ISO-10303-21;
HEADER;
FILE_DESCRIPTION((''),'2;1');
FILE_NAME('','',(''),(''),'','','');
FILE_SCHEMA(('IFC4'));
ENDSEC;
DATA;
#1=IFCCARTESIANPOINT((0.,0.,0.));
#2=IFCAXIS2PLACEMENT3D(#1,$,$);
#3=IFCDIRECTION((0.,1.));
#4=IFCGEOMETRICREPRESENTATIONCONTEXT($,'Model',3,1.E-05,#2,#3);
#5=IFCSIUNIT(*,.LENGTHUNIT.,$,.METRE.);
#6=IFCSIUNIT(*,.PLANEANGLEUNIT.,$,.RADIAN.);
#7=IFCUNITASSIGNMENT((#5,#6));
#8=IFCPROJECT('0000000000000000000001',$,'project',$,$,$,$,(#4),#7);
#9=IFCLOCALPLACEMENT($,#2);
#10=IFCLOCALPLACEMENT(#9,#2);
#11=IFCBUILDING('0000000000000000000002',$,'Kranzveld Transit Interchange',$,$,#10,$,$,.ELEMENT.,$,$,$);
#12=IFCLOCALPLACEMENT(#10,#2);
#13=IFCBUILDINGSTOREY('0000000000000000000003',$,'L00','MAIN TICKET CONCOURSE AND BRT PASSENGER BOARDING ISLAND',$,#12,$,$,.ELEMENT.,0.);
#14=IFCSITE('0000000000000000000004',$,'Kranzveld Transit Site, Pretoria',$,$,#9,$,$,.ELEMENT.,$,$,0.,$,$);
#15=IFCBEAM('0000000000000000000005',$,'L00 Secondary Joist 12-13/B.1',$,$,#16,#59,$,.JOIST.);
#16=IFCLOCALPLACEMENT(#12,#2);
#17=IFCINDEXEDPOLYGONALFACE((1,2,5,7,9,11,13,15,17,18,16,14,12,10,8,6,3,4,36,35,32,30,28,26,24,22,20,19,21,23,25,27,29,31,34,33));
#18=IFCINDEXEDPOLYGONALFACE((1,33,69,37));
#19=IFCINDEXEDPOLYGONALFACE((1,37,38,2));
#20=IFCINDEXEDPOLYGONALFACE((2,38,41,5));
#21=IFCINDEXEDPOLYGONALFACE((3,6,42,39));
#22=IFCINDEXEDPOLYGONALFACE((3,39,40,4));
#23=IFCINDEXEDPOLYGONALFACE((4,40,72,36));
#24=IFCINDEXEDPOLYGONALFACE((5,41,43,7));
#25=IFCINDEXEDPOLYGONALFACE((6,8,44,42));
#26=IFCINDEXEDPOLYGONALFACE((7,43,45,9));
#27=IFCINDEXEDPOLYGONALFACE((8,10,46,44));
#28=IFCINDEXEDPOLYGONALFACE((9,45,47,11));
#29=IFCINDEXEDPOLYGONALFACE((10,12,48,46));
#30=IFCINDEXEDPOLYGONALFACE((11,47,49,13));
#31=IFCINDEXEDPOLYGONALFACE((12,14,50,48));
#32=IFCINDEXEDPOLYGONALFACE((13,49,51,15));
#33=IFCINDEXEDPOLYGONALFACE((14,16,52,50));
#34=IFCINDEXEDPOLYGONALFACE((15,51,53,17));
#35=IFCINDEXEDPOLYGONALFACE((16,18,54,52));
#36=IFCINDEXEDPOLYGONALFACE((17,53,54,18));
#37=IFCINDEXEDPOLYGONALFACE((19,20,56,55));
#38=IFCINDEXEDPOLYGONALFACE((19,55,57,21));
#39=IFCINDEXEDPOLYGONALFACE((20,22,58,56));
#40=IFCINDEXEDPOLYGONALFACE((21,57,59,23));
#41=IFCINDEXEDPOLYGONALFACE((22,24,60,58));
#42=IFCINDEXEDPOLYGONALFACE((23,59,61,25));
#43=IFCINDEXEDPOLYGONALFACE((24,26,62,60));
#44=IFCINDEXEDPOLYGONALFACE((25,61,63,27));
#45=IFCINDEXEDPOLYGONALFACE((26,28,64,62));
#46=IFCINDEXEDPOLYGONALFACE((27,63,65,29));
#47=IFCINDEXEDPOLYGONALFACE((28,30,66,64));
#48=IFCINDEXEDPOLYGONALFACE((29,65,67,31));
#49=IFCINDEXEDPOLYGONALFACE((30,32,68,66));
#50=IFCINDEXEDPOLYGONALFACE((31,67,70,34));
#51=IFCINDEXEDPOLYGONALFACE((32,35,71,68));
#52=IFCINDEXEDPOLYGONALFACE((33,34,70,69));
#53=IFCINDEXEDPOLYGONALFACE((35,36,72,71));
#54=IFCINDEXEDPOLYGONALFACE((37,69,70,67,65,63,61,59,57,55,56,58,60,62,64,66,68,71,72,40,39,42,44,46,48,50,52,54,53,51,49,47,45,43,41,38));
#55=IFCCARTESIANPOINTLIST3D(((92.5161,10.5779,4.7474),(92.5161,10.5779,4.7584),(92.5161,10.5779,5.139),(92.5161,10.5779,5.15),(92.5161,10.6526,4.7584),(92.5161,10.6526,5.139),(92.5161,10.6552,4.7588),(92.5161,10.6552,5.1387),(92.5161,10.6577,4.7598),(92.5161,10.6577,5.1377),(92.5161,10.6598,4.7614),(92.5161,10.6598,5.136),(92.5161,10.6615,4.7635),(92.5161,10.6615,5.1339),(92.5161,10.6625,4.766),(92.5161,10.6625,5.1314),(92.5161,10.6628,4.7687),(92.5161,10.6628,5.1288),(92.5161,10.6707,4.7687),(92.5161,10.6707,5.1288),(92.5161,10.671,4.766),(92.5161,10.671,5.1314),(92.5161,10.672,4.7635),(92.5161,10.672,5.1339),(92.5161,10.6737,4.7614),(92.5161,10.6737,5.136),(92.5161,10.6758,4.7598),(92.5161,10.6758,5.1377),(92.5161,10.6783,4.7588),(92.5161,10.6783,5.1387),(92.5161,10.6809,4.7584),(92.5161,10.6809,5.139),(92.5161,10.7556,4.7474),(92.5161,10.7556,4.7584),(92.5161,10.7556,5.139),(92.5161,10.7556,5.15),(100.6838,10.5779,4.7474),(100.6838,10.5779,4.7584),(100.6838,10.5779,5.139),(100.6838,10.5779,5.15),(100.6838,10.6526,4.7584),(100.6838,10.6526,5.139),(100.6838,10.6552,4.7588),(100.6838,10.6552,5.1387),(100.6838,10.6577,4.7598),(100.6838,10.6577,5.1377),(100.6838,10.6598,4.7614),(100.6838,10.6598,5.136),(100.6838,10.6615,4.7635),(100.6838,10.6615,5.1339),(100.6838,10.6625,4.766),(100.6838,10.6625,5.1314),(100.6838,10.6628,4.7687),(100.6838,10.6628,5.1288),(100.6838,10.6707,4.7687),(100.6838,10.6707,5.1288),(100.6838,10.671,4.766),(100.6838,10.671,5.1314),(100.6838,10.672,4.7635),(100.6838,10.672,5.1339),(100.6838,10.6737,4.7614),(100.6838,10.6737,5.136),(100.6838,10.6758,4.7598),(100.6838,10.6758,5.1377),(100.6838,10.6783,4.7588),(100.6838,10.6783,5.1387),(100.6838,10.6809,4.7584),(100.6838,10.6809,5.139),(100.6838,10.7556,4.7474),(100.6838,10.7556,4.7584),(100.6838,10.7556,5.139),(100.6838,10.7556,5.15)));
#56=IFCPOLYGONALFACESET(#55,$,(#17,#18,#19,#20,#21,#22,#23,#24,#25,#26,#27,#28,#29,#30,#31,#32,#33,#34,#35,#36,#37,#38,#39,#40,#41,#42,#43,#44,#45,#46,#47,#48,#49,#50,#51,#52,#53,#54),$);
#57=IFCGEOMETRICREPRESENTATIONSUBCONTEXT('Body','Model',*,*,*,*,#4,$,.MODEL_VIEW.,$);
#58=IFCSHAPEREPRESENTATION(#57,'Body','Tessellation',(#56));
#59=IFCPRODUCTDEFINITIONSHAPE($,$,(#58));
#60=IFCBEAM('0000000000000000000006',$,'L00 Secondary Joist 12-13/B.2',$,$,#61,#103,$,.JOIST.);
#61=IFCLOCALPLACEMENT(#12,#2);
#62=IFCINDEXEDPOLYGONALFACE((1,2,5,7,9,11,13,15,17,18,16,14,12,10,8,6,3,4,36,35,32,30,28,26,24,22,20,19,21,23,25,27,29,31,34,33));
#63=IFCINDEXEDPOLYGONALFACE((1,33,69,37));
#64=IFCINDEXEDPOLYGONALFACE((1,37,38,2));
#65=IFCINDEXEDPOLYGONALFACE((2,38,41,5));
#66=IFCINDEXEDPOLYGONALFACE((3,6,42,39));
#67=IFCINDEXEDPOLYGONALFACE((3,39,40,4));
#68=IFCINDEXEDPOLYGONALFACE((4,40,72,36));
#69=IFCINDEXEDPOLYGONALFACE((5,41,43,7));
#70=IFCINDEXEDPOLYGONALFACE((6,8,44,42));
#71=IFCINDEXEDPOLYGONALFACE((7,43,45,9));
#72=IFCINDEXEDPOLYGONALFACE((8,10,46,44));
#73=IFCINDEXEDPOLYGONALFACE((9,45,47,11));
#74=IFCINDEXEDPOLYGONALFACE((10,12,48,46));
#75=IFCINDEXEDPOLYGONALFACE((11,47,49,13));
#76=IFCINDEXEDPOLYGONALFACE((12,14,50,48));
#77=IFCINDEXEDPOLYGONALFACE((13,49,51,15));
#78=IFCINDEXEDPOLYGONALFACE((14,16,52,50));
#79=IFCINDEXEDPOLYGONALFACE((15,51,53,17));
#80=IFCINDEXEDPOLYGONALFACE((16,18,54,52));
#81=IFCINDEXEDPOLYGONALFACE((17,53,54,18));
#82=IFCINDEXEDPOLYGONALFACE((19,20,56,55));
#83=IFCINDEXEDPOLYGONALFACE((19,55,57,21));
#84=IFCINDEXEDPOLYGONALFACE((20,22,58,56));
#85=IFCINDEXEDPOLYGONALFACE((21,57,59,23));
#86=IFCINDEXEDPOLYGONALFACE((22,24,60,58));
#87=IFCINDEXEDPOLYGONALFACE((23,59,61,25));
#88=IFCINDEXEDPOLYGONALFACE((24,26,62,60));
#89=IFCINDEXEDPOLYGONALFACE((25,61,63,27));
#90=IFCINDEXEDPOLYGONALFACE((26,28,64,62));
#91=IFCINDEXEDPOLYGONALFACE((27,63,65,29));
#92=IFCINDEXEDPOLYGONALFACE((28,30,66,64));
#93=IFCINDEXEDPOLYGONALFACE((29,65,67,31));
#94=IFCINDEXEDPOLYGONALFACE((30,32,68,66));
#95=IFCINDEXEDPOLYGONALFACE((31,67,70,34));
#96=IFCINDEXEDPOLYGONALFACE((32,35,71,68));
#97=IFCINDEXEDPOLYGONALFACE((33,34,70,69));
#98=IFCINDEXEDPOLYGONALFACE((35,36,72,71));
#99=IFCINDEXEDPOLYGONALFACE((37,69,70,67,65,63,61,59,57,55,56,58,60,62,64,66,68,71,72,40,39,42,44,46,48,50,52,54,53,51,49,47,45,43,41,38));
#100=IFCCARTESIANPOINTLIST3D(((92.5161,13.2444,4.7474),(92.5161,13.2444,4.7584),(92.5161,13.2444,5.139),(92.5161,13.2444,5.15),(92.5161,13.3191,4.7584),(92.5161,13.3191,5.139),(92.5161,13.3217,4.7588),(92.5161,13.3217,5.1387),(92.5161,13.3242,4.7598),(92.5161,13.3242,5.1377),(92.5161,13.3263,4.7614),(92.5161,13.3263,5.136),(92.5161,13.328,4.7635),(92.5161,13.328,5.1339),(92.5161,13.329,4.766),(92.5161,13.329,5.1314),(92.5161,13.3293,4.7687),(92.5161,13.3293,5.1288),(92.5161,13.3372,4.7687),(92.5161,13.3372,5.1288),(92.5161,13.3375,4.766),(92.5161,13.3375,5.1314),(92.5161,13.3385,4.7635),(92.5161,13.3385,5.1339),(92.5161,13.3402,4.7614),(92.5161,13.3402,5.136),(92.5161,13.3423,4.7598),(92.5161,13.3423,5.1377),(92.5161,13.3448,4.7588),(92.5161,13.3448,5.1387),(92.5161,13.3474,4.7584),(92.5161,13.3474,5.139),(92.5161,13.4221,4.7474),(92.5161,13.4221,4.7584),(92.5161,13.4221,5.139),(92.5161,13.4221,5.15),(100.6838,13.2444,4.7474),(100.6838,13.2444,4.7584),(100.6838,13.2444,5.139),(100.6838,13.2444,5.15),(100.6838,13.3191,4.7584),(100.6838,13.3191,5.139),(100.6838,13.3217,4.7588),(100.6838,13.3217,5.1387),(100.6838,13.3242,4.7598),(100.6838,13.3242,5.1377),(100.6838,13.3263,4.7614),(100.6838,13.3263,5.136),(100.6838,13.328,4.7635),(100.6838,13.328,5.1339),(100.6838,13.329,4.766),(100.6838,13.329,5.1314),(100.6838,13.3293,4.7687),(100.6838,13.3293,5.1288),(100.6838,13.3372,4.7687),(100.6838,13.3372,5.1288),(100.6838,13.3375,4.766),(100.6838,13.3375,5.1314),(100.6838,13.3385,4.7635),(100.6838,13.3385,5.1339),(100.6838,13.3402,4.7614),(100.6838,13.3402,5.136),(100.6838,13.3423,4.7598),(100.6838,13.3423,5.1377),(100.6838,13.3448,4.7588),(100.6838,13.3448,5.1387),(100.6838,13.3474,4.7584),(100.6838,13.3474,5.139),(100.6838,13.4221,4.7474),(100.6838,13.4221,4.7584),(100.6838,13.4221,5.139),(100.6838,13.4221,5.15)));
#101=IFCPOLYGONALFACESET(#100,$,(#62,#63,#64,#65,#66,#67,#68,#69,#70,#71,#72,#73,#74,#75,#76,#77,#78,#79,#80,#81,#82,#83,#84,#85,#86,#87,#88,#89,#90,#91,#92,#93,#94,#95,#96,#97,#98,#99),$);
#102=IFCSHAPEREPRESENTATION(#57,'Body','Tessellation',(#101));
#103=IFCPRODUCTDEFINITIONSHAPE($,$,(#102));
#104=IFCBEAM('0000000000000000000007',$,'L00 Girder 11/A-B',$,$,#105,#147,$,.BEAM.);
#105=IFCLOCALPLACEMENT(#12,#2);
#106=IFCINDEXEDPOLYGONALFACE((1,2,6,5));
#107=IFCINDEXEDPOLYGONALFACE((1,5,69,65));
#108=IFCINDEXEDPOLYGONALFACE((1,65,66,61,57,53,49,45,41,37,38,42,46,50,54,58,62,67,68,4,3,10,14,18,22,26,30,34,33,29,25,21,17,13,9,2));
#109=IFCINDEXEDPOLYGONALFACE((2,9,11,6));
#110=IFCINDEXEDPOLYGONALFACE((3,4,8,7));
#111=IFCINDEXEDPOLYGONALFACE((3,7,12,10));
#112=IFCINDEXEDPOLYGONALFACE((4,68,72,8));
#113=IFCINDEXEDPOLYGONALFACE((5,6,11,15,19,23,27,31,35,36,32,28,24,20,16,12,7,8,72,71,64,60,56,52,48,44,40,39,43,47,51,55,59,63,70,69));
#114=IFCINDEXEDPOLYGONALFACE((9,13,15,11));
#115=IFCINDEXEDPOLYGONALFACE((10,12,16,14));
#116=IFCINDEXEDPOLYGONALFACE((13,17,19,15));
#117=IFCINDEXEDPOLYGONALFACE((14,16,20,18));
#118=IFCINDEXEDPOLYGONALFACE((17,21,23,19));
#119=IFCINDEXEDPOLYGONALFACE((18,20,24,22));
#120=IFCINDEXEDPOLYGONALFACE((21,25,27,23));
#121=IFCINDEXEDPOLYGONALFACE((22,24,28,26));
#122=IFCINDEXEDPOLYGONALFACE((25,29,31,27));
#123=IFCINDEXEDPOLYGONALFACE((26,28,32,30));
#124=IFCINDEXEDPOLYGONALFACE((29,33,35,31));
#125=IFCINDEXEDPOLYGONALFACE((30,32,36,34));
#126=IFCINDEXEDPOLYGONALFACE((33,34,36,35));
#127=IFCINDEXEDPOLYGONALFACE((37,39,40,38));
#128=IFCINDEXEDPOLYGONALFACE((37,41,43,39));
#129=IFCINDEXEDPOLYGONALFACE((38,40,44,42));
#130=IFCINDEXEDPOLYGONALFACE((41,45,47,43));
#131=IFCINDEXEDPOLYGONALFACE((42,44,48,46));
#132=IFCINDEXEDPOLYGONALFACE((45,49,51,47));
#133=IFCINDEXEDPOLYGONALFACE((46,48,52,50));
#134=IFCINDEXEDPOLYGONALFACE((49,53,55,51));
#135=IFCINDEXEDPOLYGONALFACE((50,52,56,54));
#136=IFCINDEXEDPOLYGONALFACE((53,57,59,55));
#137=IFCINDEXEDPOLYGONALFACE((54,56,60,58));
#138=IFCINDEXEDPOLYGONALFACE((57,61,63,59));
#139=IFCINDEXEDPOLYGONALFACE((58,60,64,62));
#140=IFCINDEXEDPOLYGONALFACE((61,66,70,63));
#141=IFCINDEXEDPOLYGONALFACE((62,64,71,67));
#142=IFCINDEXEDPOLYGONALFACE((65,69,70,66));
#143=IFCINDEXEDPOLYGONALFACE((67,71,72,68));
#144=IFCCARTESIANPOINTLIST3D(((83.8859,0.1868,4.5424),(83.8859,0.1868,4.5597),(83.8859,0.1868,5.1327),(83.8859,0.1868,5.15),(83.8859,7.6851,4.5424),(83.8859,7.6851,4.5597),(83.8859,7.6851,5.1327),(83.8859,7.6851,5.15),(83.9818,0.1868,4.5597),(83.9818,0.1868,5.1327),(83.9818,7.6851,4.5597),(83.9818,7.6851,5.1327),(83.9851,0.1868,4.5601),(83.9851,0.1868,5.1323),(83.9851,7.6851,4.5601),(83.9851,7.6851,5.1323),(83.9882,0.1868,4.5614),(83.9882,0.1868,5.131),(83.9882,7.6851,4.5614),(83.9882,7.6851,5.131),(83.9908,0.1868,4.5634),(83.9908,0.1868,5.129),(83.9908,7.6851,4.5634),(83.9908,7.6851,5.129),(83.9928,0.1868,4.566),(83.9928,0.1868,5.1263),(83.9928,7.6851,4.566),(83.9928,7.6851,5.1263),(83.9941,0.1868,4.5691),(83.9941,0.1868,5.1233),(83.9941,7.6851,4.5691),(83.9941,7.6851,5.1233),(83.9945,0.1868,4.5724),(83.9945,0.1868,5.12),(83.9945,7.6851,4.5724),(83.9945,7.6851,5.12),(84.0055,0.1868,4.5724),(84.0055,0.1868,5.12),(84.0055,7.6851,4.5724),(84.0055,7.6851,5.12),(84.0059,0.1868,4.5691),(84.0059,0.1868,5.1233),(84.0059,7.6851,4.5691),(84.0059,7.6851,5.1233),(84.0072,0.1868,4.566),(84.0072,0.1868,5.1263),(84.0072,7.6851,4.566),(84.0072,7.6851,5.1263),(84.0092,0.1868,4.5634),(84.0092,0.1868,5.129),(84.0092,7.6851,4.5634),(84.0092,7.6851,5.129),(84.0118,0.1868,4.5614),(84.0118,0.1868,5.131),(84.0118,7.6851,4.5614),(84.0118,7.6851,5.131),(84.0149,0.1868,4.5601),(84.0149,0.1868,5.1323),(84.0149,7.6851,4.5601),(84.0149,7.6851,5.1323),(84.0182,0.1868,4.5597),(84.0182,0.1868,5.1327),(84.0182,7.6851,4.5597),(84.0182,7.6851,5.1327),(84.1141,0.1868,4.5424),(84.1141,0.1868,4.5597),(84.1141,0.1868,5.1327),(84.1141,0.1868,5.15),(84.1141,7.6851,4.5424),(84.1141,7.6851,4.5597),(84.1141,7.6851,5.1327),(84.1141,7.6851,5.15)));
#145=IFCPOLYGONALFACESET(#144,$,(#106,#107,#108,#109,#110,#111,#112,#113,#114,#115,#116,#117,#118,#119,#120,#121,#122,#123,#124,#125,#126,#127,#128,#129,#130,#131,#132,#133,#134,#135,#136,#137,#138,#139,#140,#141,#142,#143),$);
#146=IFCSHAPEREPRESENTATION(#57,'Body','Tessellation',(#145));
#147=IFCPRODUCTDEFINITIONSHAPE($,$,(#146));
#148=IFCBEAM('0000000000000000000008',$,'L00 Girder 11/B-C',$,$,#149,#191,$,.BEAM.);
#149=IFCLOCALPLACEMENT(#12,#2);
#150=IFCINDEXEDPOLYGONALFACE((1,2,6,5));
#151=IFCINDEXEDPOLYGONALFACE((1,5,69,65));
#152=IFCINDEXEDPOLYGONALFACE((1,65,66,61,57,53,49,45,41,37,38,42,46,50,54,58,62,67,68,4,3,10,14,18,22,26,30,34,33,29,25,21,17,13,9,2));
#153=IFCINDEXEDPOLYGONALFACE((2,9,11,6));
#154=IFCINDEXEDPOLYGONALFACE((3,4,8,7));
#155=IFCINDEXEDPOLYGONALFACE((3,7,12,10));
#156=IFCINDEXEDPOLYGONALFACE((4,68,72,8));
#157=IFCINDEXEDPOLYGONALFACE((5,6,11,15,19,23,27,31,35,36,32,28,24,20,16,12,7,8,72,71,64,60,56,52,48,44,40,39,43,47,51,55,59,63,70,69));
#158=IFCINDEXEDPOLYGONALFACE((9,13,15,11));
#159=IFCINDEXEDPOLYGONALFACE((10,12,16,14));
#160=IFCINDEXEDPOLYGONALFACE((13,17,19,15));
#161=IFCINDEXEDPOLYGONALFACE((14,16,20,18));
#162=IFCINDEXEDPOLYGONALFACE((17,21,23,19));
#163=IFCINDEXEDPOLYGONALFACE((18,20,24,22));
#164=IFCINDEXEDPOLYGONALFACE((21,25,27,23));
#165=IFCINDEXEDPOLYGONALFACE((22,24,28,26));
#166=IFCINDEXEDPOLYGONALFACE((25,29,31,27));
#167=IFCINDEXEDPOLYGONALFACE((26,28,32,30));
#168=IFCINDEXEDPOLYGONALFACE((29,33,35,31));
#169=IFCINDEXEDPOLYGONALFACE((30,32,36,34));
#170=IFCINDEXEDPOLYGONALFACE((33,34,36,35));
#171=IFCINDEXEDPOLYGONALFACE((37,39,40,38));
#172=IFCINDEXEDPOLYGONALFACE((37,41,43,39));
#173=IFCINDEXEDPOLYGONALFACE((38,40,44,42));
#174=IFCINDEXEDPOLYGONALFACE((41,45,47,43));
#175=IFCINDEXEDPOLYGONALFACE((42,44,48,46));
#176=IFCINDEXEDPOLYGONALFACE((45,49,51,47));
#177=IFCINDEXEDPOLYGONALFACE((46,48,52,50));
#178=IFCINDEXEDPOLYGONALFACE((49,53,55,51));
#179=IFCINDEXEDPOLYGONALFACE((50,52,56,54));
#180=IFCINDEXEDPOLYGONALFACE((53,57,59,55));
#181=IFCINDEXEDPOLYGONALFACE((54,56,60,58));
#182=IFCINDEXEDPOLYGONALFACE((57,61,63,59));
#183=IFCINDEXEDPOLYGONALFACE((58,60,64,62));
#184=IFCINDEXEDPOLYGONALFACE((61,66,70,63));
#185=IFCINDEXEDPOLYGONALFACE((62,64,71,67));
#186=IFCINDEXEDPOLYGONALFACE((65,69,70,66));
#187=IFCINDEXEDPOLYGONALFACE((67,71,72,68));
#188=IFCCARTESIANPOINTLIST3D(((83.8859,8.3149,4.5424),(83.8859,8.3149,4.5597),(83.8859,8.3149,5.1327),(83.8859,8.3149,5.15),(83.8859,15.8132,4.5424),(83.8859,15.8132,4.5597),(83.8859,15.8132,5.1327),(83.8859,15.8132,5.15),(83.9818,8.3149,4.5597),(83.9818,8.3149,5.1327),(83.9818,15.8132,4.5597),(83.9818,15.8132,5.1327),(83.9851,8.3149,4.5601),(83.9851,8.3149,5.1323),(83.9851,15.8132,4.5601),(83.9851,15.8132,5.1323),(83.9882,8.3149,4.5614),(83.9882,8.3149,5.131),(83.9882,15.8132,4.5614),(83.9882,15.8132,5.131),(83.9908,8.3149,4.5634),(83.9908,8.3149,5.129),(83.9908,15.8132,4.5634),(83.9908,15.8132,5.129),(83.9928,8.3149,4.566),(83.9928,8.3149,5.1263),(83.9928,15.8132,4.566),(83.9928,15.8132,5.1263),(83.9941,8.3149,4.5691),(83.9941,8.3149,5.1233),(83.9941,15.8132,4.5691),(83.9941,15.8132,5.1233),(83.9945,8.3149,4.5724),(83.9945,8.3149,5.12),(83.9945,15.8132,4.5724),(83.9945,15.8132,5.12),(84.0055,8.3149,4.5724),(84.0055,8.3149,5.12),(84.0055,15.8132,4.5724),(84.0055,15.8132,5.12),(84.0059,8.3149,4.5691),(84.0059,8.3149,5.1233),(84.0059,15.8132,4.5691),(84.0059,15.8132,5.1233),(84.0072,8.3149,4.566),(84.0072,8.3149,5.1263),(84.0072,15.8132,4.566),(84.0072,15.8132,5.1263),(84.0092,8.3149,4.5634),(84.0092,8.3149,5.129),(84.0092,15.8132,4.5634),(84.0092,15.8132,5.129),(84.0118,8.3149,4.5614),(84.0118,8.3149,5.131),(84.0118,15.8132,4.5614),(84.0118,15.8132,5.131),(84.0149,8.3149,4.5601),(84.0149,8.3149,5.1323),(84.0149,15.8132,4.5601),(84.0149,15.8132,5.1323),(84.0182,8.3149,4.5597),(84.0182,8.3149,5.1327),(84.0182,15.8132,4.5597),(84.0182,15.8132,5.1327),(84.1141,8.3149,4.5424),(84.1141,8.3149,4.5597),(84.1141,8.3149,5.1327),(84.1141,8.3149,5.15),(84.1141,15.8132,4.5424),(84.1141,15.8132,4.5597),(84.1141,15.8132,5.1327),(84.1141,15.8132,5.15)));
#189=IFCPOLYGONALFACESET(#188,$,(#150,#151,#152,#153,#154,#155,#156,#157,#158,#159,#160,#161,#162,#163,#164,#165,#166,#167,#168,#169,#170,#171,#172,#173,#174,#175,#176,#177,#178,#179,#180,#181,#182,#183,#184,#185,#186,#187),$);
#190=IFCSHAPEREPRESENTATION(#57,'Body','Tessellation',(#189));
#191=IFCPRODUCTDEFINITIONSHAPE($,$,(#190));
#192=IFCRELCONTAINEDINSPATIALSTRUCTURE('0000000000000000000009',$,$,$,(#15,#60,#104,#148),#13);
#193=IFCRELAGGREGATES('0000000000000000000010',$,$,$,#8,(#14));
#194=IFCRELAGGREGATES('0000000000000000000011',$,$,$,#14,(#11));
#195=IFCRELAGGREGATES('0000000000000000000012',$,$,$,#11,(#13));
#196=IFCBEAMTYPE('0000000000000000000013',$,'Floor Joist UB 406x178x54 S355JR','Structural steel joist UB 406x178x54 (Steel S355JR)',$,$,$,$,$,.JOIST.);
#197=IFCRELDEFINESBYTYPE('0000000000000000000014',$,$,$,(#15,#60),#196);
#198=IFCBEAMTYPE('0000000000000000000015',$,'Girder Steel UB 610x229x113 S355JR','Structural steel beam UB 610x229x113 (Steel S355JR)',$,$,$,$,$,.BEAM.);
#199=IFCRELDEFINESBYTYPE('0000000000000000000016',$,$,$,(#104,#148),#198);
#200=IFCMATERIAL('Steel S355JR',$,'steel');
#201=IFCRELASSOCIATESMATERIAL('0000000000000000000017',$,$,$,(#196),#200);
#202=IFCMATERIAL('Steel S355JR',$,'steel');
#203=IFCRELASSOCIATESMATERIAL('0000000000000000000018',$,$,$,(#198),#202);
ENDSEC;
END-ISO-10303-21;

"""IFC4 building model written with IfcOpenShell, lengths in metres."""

from ifc_helpers import new_model, si_unit, direction, frame, origin, origin_2d, place, context, subcontext, project, spatial, i_section, extrude, material, material_profile, profile_set, type_object, element, save


model = new_model("IFC4")

# Units and contexts
model_context = context("Model", 3, precision=1e-05, world=origin(), true_north=direction((0.0, 1.0)))
body_context = subcontext(model_context, "Body", "Model", "MODEL_VIEW")
ifc_project = project(units=[si_unit("LENGTHUNIT", "METRE"), si_unit("PLANEANGLEUNIT", "RADIAN")], contexts=[model_context])

# Site, building, storey
site_placement = place(None, origin())
site = spatial("IfcSite", under=ifc_project, at=site_placement, Name="Kranzveld Transit Site, Pretoria", CompositionType="ELEMENT", RefElevation=0.0)
building_placement = place(site_placement, origin())
building = spatial("IfcBuilding", under=site, at=building_placement, Name="Kranzveld Transit Interchange", CompositionType="ELEMENT")
storey_placement = place(building_placement, origin())
storey = spatial("IfcBuildingStorey", under=building, at=storey_placement, Name="L00", Description="MAIN TICKET CONCOURSE AND BRT PASSENGER BOARDING ISLAND", CompositionType="ELEMENT", Elevation=0.0)

# Beams
ifc_material_1 = material(Name="Steel S355JR", Category="steel")
ifc_material_profile_1 = material_profile(ifc_material_1, i_section(OverallWidth=0.1777, OverallDepth=0.4026, WebThickness=0.0078, FlangeThickness=0.011, FilletRadius=0.0103, at=origin_2d()), Name="UB 406x178x54")
ifc_profile_set_1 = profile_set([ifc_material_profile_1], Name="Steel S355JR")
beam_type_1 = type_object("IfcBeamType", Name="Floor Joist UB 406x178x54 S355JR", Description="Structural steel joist UB 406x178x54 (Steel S355JR)", PredefinedType="JOIST", material=ifc_profile_set_1)
for number, where, z_axis, x_axis, name in (
    (1, (92.5161, 10.6667, 4.9487), (1.0, 0.0, 0.0), (0.0, 1.0, 0.0), "L00 Secondary Joist 12-13/B.1"),
    (2, (92.5161, 13.3333, 4.9487), (1.0, 0.0, 0.0), (0.0, 1.0, 0.0), "L00 Secondary Joist 12-13/B.2"),
):
    element("IfcBeam", number, at=place(storey_placement, frame(where, z_axis=z_axis, x_axis=x_axis)), inside=storey, type_object=beam_type_1, Name=name, PredefinedType="JOIST", context=body_context, shape_type="SweptSolid", body=[
        extrude(i_section(OverallWidth=0.1777, OverallDepth=0.4026, WebThickness=0.0078, FlangeThickness=0.011, FilletRadius=0.0103, at=origin_2d()), origin(), (0.0, 0.0, 1.0), 8.1677),
    ])
ifc_material_2 = material(Name="Steel S355JR", Category="steel")
ifc_material_profile_2 = material_profile(ifc_material_2, i_section(OverallWidth=0.2283, OverallDepth=0.6077, WebThickness=0.011, FlangeThickness=0.0173, FilletRadius=0.0127, at=origin_2d()), Name="UB 610x229x113")
ifc_profile_set_2 = profile_set([ifc_material_profile_2], Name="Steel S355JR")
beam_type_2 = type_object("IfcBeamType", Name="Girder Steel UB 610x229x113 S355JR", Description="Structural steel beam UB 610x229x113 (Steel S355JR)", PredefinedType="BEAM", material=ifc_profile_set_2)
for number, where, z_axis, x_axis, name in (
    (3, (84.0, 0.1868, 4.8462), (0.0, 1.0, 0.0), (-1.0, 0.0, 0.0), "L00 Girder 11/A-B"),
    (4, (84.0, 8.3149, 4.8462), (0.0, 1.0, 0.0), (-1.0, 0.0, 0.0), "L00 Girder 11/B-C"),
):
    element("IfcBeam", number, at=place(storey_placement, frame(where, z_axis=z_axis, x_axis=x_axis)), inside=storey, type_object=beam_type_2, Name=name, PredefinedType="BEAM", context=body_context, shape_type="SweptSolid", body=[
        extrude(i_section(OverallWidth=0.2283, OverallDepth=0.6077, WebThickness=0.011, FlangeThickness=0.0173, FilletRadius=0.0127, at=origin_2d()), origin(), (0.0, 0.0, 1.0), 7.4983),
    ])

save(model, "model.ifc")
